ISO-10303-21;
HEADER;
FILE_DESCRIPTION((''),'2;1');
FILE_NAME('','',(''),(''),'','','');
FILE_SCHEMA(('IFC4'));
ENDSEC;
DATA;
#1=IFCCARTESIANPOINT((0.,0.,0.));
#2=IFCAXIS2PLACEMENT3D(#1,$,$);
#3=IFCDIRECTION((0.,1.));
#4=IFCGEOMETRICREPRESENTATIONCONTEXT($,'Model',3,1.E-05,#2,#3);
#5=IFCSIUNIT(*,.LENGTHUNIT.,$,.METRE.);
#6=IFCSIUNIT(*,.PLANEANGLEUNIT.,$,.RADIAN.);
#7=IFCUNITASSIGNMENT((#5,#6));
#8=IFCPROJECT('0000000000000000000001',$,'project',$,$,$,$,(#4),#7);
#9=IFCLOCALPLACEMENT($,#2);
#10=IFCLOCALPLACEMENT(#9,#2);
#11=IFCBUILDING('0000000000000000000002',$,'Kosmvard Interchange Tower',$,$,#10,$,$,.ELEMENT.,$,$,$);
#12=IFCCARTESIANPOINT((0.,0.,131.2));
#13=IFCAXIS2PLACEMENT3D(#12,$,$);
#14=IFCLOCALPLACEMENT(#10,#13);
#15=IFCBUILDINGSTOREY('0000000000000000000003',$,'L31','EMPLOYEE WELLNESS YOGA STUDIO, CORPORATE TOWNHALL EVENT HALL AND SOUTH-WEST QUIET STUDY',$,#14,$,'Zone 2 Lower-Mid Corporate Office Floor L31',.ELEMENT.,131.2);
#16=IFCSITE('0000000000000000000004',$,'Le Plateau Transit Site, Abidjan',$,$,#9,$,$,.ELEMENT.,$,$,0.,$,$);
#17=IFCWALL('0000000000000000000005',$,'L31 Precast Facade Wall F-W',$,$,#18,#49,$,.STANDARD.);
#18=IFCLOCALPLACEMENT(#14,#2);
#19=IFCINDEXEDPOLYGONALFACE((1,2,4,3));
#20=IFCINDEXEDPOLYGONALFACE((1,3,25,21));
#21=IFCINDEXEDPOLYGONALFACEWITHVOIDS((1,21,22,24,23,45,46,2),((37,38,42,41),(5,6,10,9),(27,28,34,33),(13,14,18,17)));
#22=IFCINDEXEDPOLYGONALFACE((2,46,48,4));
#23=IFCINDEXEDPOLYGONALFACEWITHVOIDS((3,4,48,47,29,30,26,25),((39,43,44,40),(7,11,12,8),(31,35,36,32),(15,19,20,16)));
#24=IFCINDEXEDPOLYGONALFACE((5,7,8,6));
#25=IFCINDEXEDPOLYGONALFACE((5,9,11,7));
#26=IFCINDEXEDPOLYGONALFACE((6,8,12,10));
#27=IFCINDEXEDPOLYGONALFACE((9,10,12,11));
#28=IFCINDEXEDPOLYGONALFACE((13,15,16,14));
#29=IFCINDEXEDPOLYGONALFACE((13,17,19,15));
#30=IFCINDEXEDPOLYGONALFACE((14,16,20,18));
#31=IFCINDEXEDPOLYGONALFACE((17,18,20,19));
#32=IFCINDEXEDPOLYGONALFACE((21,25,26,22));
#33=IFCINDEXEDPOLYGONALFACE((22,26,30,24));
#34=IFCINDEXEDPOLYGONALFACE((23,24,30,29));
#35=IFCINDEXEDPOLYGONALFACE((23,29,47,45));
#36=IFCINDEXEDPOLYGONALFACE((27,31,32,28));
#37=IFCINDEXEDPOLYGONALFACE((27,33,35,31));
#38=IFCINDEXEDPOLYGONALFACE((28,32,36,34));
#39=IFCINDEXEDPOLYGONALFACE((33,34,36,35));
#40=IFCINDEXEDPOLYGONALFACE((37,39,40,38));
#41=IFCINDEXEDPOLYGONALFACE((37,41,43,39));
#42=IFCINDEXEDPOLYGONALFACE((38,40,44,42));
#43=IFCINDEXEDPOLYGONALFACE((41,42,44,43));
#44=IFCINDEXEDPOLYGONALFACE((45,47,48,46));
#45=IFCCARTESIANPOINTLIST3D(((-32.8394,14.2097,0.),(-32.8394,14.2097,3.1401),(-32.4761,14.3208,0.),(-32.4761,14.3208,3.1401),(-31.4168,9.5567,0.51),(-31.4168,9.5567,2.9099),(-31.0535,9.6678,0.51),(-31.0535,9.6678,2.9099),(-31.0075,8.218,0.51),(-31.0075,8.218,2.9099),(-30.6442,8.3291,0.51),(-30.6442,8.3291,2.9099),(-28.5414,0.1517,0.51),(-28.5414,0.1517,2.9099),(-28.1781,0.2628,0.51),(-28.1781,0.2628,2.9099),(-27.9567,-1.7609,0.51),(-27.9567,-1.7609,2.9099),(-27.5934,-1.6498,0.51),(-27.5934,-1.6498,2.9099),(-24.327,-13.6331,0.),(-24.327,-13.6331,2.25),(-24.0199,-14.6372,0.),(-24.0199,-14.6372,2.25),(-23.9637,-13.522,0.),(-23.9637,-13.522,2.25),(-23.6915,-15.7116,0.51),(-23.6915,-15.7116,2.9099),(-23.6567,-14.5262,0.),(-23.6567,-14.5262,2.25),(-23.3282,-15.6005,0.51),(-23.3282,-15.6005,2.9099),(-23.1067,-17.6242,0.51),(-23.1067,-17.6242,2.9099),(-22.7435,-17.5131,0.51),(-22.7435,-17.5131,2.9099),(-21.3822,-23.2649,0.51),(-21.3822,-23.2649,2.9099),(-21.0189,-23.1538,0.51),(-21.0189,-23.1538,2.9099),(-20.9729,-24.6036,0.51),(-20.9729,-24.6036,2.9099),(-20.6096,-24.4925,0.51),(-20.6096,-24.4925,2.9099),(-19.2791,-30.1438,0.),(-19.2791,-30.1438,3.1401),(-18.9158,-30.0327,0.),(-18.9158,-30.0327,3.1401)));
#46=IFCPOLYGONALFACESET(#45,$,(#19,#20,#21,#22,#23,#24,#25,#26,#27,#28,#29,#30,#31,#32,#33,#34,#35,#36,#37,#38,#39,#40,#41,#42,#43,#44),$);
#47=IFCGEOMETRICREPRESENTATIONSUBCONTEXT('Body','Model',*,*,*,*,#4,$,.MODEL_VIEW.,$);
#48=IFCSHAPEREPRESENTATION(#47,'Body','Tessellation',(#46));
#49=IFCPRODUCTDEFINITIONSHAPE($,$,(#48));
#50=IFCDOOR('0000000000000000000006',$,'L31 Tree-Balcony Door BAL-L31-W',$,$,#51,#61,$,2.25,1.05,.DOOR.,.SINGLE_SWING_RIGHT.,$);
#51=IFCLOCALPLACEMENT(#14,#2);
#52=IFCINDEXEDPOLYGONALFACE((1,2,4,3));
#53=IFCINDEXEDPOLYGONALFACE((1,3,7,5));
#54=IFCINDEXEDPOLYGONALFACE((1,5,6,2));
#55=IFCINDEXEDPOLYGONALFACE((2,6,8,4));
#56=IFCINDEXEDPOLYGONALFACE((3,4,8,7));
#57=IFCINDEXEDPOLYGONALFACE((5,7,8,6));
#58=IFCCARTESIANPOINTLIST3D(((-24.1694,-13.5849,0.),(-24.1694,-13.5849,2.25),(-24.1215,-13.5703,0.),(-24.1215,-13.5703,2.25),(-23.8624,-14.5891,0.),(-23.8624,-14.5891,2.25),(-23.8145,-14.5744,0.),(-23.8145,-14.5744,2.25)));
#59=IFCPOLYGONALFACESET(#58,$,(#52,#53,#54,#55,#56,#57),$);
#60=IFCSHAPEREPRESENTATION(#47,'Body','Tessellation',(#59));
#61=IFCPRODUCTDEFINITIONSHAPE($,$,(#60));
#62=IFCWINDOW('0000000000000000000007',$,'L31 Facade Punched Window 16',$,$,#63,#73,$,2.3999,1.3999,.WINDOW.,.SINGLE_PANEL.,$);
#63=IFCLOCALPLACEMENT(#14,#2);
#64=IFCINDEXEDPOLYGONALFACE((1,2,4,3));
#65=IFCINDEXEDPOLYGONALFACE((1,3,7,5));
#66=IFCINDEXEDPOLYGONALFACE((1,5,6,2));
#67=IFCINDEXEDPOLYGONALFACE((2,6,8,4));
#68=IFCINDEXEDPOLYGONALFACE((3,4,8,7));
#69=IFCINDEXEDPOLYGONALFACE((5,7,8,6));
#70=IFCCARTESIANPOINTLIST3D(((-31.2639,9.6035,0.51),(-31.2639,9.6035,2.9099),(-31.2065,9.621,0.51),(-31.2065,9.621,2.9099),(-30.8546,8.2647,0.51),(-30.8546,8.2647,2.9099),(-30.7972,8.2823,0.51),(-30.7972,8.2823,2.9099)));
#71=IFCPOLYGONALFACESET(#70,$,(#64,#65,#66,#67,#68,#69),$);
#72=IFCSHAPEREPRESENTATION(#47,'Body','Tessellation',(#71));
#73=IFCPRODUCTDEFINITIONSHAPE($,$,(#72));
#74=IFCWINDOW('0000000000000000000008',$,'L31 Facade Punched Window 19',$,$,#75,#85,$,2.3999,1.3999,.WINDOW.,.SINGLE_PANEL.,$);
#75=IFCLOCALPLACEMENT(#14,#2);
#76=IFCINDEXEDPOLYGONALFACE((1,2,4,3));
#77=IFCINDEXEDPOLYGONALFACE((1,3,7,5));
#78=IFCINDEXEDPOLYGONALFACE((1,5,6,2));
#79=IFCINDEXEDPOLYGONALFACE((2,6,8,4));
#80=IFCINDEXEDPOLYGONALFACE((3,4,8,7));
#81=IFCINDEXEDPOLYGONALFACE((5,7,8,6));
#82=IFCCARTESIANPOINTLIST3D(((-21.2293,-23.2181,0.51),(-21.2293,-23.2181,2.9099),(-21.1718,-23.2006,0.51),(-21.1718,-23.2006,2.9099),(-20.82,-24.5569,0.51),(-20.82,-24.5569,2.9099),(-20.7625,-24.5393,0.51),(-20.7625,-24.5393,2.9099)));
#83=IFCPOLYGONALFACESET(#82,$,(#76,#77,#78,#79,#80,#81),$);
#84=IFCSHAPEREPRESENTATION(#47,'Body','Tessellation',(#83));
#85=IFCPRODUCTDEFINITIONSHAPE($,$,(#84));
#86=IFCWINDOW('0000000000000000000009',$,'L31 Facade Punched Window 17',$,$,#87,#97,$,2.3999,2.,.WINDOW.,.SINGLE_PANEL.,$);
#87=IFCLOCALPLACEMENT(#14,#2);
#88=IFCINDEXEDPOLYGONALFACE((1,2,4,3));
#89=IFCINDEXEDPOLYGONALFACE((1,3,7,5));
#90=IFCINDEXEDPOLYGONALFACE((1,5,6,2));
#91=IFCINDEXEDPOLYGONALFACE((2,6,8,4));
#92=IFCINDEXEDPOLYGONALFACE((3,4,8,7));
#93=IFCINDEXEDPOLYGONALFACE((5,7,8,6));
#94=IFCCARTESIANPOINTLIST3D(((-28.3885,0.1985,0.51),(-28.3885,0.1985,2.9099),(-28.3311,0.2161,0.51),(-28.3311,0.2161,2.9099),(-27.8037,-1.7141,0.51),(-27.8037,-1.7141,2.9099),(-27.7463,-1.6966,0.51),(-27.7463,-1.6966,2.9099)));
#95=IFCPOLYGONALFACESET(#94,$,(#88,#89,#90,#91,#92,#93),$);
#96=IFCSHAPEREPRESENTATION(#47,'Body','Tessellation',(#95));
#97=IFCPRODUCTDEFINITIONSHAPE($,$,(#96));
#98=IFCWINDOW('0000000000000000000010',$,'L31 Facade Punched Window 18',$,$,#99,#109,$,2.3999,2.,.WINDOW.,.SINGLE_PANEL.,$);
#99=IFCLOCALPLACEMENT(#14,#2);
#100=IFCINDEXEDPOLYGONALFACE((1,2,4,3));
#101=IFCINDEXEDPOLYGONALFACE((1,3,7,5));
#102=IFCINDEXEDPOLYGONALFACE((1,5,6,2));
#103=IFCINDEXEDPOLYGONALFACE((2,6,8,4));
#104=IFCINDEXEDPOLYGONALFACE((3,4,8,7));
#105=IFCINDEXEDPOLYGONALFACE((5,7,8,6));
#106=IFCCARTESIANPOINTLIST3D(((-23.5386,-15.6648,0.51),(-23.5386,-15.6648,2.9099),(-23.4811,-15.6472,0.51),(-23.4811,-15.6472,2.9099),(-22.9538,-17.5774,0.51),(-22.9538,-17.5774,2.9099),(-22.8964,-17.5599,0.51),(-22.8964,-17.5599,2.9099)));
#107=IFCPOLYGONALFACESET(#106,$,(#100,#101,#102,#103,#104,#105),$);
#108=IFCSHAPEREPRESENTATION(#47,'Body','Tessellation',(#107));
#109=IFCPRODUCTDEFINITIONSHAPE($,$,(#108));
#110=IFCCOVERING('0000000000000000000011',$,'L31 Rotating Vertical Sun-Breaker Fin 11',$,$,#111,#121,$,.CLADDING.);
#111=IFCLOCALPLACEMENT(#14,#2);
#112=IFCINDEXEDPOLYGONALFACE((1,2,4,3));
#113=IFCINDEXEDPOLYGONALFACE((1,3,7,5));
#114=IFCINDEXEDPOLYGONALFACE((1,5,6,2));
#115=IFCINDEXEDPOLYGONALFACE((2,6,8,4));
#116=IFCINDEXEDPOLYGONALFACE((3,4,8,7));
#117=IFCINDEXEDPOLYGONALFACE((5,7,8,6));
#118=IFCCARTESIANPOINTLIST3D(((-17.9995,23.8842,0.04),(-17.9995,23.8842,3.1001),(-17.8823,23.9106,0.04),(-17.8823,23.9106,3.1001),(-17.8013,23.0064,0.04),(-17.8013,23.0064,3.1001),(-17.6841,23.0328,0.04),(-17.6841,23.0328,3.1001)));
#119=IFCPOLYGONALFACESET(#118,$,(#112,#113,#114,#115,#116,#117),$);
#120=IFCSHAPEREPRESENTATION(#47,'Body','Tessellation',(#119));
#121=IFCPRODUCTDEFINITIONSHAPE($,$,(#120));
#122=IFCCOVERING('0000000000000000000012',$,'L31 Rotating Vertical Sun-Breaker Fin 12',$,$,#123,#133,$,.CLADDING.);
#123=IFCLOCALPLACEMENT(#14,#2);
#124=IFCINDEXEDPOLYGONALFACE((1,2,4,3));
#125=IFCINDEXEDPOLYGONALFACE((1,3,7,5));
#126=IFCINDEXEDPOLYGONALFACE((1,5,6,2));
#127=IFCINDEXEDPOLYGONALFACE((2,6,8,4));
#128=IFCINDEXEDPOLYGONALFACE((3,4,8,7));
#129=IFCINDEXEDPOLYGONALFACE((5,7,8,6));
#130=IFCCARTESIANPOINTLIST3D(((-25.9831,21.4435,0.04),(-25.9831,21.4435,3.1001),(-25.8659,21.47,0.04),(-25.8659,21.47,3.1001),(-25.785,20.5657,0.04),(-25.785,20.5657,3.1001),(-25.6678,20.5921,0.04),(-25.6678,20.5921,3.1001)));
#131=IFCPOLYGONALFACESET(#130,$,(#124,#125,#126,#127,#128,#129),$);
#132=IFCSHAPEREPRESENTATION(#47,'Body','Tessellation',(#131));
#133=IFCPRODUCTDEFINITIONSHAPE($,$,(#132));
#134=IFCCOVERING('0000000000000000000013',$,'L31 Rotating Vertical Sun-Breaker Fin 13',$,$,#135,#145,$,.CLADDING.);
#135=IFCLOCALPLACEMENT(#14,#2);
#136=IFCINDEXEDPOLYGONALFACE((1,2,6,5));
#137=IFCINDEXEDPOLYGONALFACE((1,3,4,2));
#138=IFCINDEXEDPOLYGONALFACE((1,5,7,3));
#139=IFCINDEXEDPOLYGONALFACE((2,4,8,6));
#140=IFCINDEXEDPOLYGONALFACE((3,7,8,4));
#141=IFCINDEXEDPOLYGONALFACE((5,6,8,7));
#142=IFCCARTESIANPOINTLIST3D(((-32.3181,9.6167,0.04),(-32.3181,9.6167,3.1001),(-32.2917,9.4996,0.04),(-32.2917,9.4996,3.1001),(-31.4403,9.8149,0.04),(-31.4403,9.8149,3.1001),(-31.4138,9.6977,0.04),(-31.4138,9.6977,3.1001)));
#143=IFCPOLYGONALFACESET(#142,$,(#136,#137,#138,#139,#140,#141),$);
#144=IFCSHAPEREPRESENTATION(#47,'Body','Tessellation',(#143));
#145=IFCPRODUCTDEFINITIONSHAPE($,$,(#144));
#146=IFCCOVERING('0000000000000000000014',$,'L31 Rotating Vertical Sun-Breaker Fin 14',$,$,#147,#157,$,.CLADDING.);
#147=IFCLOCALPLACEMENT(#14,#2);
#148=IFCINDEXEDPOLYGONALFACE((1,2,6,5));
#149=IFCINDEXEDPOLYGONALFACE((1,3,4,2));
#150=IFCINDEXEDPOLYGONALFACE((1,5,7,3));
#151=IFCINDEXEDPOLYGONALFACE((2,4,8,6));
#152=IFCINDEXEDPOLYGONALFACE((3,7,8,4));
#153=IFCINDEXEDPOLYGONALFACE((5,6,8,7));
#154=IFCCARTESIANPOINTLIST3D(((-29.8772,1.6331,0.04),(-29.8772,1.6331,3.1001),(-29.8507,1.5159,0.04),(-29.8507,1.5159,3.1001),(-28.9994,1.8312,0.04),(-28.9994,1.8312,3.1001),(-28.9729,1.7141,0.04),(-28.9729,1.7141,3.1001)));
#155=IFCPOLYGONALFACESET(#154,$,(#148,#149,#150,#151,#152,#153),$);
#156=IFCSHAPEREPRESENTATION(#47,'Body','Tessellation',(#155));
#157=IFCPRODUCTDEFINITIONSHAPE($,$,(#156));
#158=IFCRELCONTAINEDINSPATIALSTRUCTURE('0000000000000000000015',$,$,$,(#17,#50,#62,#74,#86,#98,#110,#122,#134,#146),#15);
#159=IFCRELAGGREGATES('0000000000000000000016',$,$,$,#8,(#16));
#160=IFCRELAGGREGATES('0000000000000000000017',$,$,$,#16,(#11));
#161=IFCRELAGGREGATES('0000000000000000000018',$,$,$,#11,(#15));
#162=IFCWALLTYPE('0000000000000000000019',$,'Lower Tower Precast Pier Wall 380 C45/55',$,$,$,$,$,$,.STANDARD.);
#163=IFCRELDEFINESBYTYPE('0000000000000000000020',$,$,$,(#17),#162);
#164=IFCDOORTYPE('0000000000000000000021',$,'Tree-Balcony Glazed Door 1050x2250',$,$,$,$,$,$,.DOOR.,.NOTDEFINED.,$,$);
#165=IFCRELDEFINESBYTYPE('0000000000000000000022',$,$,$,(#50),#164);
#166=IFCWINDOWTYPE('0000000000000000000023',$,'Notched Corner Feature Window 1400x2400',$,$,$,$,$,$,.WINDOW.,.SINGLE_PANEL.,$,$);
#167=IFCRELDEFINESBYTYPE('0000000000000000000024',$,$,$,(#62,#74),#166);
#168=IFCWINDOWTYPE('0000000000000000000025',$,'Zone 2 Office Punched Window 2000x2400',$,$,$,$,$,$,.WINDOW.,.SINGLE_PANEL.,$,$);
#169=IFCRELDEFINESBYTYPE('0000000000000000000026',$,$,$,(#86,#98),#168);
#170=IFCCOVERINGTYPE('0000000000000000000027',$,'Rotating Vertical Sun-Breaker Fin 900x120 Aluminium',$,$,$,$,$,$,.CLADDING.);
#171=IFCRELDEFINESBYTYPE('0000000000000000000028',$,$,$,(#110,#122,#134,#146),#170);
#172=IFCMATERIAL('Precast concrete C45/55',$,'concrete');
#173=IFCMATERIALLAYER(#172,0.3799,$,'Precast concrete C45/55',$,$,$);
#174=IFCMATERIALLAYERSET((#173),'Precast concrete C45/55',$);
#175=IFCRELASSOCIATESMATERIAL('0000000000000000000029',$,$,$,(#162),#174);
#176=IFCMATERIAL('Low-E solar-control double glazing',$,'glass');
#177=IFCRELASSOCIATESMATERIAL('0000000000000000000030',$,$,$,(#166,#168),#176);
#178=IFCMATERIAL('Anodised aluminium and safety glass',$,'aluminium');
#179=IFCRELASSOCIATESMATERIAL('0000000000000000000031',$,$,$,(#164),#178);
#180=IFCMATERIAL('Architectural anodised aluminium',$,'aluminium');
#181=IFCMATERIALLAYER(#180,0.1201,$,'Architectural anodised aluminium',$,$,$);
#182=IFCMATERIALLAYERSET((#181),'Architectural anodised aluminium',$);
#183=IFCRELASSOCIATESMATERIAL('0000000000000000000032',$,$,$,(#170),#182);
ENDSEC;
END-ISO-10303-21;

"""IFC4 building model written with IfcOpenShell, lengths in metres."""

from ifc_helpers import new_model, si_unit, direction, frame, frame_2d, origin, origin_2d, place, context, subcontext, project, spatial, rectangle, extrude, source, transform, mapped, material, layer, layer_set, type_object, element, fill, save


model = new_model("IFC4")

# Units and contexts
model_context = context("Model", 3, precision=1e-05, world=origin(), true_north=direction((0.0, 1.0)))
body_context = subcontext(model_context, "Body", "Model", "MODEL_VIEW")
ifc_project = project(units=[si_unit("LENGTHUNIT", "METRE"), si_unit("PLANEANGLEUNIT", "RADIAN")], contexts=[model_context])

# Site, building, storey
site_placement = place(None, origin())
site = spatial("IfcSite", under=ifc_project, at=site_placement, Name="Le Plateau Transit Site, Abidjan", CompositionType="ELEMENT", RefElevation=0.0)
building_placement = place(site_placement, origin())
building = spatial("IfcBuilding", under=site, at=building_placement, Name="Kosmvard Interchange Tower", CompositionType="ELEMENT")
storey_placement = place(building_placement, frame((0.0, 0.0, 131.2)))
storey = spatial("IfcBuildingStorey", under=building, at=storey_placement, Name="L31", Description="EMPLOYEE WELLNESS YOGA STUDIO, CORPORATE TOWNHALL EVENT HALL AND SOUTH-WEST QUIET STUDY", LongName="Zone 2 Lower-Mid Corporate Office Floor L31", CompositionType="ELEMENT", Elevation=131.2)

# Shared definitions
ifc_material_1 = material(Name="Precast concrete C45/55", Category="concrete")

# Shared definitions
ifc_layer_1 = layer(ifc_material_1, 0.3799, Name="Precast concrete C45/55")
ifc_layer_set_1 = layer_set([ifc_layer_1], Name="Precast concrete C45/55")
wall_type_1 = type_object("IfcWallType", Name="Lower Tower Precast Pier Wall 380 C45/55", PredefinedType="STANDARD", material=ifc_layer_set_1)

# Shared definitions
ifc_material_2 = material(Name="Low-E solar-control double glazing", Category="glass")
window_type_1 = type_object("IfcWindowType", Name="Notched Corner Feature Window 1400x2400", PartitioningType="SINGLE_PANEL", PredefinedType="WINDOW", material=ifc_material_2)
shared_shape_1 = source(origin(), body_context, "Body", "SweptSolid", [
    extrude(rectangle(XDim=1.3999, YDim=2.3999, at=frame_2d((0.7, 1.2))), frame((0.0, 0.03, 0.0), z_axis=(0.0, -1.0, 0.0), x_axis=(1.0, 0.0, 0.0)), (0.0, 0.0, 1.0), 0.0601),
])

# Wall, openings, door, windows
wall_1_placement = place(storey_placement, frame((-32.6577, 14.2651, 0.0), z_axis=(0.0, 0.0, 1.0), x_axis=(0.292373, -0.956304, 0.0)))
wall_1 = element("IfcWall", 1, at=wall_1_placement, inside=storey, type_object=wall_type_1, Name="L31 Precast Facade Wall F-W", PredefinedType="STANDARD", context=body_context, shape_type="SweptSolid", body=[
    extrude(rectangle(XDim=46.3801, YDim=0.3799, at=frame_2d((23.1899, 0.0))), origin(), (0.0, 0.0, 1.0), 3.1401),
])
opening_1_placement = place(wall_1_placement, frame((29.115, 0.0, 0.0)))
opening_1 = element("IfcOpeningElement", 2, at=opening_1_placement, cuts=wall_1, PredefinedType="OPENING", context=body_context, shape_type="SweptSolid", body=[
    extrude(rectangle(XDim=1.05, YDim=2.25, at=frame_2d((0.5249, 1.125))), frame((0.0, 0.2, 0.0), z_axis=(0.0, -1.0, 0.0), x_axis=(1.0, 0.0, 0.0)), (0.0, 0.0, 1.0), 0.3999),
])
opening_2_placement = place(wall_1_placement, frame((4.8655, 0.0, 0.51)))
opening_2 = element("IfcOpeningElement", 3, at=opening_2_placement, cuts=wall_1, PredefinedType="OPENING", context=body_context, shape_type="SweptSolid", body=[
    extrude(rectangle(XDim=1.3999, YDim=2.3999, at=frame_2d((0.7, 1.2))), frame((0.0, 0.2, 0.0), z_axis=(0.0, -1.0, 0.0), x_axis=(1.0, 0.0, 0.0)), (0.0, 0.0, 1.0), 0.3999),
])
opening_3_placement = place(wall_1_placement, frame((14.7002, 0.0, 0.51)))
opening_3 = element("IfcOpeningElement", 4, at=opening_3_placement, cuts=wall_1, PredefinedType="OPENING", context=body_context, shape_type="SweptSolid", body=[
    extrude(rectangle(XDim=2.0, YDim=2.3999, at=frame_2d((1.0, 1.2))), frame((0.0, 0.2, 0.0), z_axis=(0.0, -1.0, 0.0), x_axis=(1.0, 0.0, 0.0)), (0.0, 0.0, 1.0), 0.3999),
])
opening_4_placement = place(wall_1_placement, frame((31.2883, 0.0, 0.51)))
opening_4 = element("IfcOpeningElement", 5, at=opening_4_placement, cuts=wall_1, PredefinedType="OPENING", context=body_context, shape_type="SweptSolid", body=[
    extrude(rectangle(XDim=2.0, YDim=2.3999, at=frame_2d((1.0, 1.2))), frame((0.0, 0.2, 0.0), z_axis=(0.0, -1.0, 0.0), x_axis=(1.0, 0.0, 0.0)), (0.0, 0.0, 1.0), 0.3999),
])
opening_5_placement = place(wall_1_placement, frame((39.1868, 0.0, 0.51)))
opening_5 = element("IfcOpeningElement", 6, at=opening_5_placement, cuts=wall_1, PredefinedType="OPENING", context=body_context, shape_type="SweptSolid", body=[
    extrude(rectangle(XDim=1.3999, YDim=2.3999, at=frame_2d((0.7, 1.2))), frame((0.0, 0.2, 0.0), z_axis=(0.0, -1.0, 0.0), x_axis=(1.0, 0.0, 0.0)), (0.0, 0.0, 1.0), 0.3999),
])
ifc_material_3 = material(Name="Anodised aluminium and safety glass", Category="aluminium")
door_type_1 = type_object("IfcDoorType", Name="Tree-Balcony Glazed Door 1050x2250", OperationType="NOTDEFINED", PredefinedType="DOOR", material=ifc_material_3)
shared_shape_2 = source(origin(), body_context, "Body", "SweptSolid", [
    extrude(rectangle(XDim=1.05, YDim=2.25, at=frame_2d((0.5249, 1.125))), frame((0.0, 0.0249, 0.0), z_axis=(0.0, -1.0, 0.0), x_axis=(1.0, 0.0, 0.0)), (0.0, 0.0, 1.0), 0.05),
])
door_1_placement = place(opening_1_placement, origin())
door_1 = element("IfcDoor", 7, at=door_1_placement, inside=storey, type_object=door_type_1, Name="L31 Tree-Balcony Door BAL-L31-W", OperationType="SINGLE_SWING_RIGHT", OverallHeight=2.25, OverallWidth=1.05, PredefinedType="DOOR", context=body_context, shape_type="MappedRepresentation", body=[
    mapped(shared_shape_2, transform((0.0, 0.0, 0.0), scale=1.0)),
])
fill(opening_1, door_1)
window_1_placement = place(opening_2_placement, origin())
window_1 = element("IfcWindow", 8, at=window_1_placement, inside=storey, type_object=window_type_1, Name="L31 Facade Punched Window 16", OverallHeight=2.3999, OverallWidth=1.3999, PartitioningType="SINGLE_PANEL", PredefinedType="WINDOW", context=body_context, shape_type="MappedRepresentation", body=[
    mapped(shared_shape_1, transform((0.0, 0.0, 0.0), scale=1.0)),
])
fill(opening_2, window_1)
window_2_placement = place(opening_5_placement, origin())
window_2 = element("IfcWindow", 9, at=window_2_placement, inside=storey, type_object=window_type_1, Name="L31 Facade Punched Window 19", OverallHeight=2.3999, OverallWidth=1.3999, PartitioningType="SINGLE_PANEL", PredefinedType="WINDOW", context=body_context, shape_type="MappedRepresentation", body=[
    mapped(shared_shape_1, transform((0.0, 0.0, 0.0), scale=1.0)),
])
fill(opening_5, window_2)
window_type_2 = type_object("IfcWindowType", Name="Zone 2 Office Punched Window 2000x2400", PartitioningType="SINGLE_PANEL", PredefinedType="WINDOW", material=ifc_material_2)
shared_shape_3 = source(origin(), body_context, "Body", "SweptSolid", [
    extrude(rectangle(XDim=2.0, YDim=2.3999, at=frame_2d((1.0, 1.2))), frame((0.0, 0.03, 0.0), z_axis=(0.0, -1.0, 0.0), x_axis=(1.0, 0.0, 0.0)), (0.0, 0.0, 1.0), 0.0601),
])
window_3_placement = place(opening_3_placement, origin())
window_3 = element("IfcWindow", 10, at=window_3_placement, inside=storey, type_object=window_type_2, Name="L31 Facade Punched Window 17", OverallHeight=2.3999, OverallWidth=2.0, PartitioningType="SINGLE_PANEL", PredefinedType="WINDOW", context=body_context, shape_type="MappedRepresentation", body=[
    mapped(shared_shape_3, transform((0.0, 0.0, 0.0), scale=1.0)),
])
fill(opening_3, window_3)
window_4_placement = place(opening_4_placement, origin())
window_4 = element("IfcWindow", 11, at=window_4_placement, inside=storey, type_object=window_type_2, Name="L31 Facade Punched Window 18", OverallHeight=2.3999, OverallWidth=2.0, PartitioningType="SINGLE_PANEL", PredefinedType="WINDOW", context=body_context, shape_type="MappedRepresentation", body=[
    mapped(shared_shape_3, transform((0.0, 0.0, 0.0), scale=1.0)),
])
fill(opening_4, window_4)

# Coverings
ifc_material_4 = material(Name="Architectural anodised aluminium", Category="aluminium")
ifc_layer_2 = layer(ifc_material_4, 0.1201, Name="Architectural anodised aluminium")
ifc_layer_set_2 = layer_set([ifc_layer_2], Name="Architectural anodised aluminium")
covering_type = type_object("IfcCoveringType", Name="Rotating Vertical Sun-Breaker Fin 900x120 Aluminium", PredefinedType="CLADDING", material=ifc_layer_set_2)
shared_shape_4 = source(origin(), body_context, "Body", "SweptSolid", [
    extrude(rectangle(XDim=0.8999, YDim=0.1201, at=origin_2d()), origin(), (0.0, 0.0, 1.0), 3.0601),
])
for number, where, z_axis, x_axis, name in (
    (12, (-17.8418, 23.4585, 0.04), (0.0, 0.0, 1.0), (-0.220187, 0.975458, 0.0), "L31 Rotating Vertical Sun-Breaker Fin 11"),
    (13, (-25.8254, 21.0178, 0.04), (0.0, 0.0, 1.0), (-0.220187, 0.975458, 0.0), "L31 Rotating Vertical Sun-Breaker Fin 12"),
    (14, (-31.866, 9.6572, 0.04), (0.0, 0.0, 1.0), (-0.975458, -0.220187, 0.0), "L31 Rotating Vertical Sun-Breaker Fin 13"),
    (15, (-29.425, 1.6736, 0.04), (0.0, 0.0, 1.0), (-0.975458, -0.220187, 0.0), "L31 Rotating Vertical Sun-Breaker Fin 14"),
):
    element("IfcCovering", number, at=place(storey_placement, frame(where, z_axis=z_axis, x_axis=x_axis)), inside=storey, type_object=covering_type, Name=name, PredefinedType="CLADDING", context=body_context, shape_type="MappedRepresentation", body=[
        mapped(shared_shape_4, transform((0.0, 0.0, 0.0), scale=1.0)),
    ])

save(model, "model.ifc")
